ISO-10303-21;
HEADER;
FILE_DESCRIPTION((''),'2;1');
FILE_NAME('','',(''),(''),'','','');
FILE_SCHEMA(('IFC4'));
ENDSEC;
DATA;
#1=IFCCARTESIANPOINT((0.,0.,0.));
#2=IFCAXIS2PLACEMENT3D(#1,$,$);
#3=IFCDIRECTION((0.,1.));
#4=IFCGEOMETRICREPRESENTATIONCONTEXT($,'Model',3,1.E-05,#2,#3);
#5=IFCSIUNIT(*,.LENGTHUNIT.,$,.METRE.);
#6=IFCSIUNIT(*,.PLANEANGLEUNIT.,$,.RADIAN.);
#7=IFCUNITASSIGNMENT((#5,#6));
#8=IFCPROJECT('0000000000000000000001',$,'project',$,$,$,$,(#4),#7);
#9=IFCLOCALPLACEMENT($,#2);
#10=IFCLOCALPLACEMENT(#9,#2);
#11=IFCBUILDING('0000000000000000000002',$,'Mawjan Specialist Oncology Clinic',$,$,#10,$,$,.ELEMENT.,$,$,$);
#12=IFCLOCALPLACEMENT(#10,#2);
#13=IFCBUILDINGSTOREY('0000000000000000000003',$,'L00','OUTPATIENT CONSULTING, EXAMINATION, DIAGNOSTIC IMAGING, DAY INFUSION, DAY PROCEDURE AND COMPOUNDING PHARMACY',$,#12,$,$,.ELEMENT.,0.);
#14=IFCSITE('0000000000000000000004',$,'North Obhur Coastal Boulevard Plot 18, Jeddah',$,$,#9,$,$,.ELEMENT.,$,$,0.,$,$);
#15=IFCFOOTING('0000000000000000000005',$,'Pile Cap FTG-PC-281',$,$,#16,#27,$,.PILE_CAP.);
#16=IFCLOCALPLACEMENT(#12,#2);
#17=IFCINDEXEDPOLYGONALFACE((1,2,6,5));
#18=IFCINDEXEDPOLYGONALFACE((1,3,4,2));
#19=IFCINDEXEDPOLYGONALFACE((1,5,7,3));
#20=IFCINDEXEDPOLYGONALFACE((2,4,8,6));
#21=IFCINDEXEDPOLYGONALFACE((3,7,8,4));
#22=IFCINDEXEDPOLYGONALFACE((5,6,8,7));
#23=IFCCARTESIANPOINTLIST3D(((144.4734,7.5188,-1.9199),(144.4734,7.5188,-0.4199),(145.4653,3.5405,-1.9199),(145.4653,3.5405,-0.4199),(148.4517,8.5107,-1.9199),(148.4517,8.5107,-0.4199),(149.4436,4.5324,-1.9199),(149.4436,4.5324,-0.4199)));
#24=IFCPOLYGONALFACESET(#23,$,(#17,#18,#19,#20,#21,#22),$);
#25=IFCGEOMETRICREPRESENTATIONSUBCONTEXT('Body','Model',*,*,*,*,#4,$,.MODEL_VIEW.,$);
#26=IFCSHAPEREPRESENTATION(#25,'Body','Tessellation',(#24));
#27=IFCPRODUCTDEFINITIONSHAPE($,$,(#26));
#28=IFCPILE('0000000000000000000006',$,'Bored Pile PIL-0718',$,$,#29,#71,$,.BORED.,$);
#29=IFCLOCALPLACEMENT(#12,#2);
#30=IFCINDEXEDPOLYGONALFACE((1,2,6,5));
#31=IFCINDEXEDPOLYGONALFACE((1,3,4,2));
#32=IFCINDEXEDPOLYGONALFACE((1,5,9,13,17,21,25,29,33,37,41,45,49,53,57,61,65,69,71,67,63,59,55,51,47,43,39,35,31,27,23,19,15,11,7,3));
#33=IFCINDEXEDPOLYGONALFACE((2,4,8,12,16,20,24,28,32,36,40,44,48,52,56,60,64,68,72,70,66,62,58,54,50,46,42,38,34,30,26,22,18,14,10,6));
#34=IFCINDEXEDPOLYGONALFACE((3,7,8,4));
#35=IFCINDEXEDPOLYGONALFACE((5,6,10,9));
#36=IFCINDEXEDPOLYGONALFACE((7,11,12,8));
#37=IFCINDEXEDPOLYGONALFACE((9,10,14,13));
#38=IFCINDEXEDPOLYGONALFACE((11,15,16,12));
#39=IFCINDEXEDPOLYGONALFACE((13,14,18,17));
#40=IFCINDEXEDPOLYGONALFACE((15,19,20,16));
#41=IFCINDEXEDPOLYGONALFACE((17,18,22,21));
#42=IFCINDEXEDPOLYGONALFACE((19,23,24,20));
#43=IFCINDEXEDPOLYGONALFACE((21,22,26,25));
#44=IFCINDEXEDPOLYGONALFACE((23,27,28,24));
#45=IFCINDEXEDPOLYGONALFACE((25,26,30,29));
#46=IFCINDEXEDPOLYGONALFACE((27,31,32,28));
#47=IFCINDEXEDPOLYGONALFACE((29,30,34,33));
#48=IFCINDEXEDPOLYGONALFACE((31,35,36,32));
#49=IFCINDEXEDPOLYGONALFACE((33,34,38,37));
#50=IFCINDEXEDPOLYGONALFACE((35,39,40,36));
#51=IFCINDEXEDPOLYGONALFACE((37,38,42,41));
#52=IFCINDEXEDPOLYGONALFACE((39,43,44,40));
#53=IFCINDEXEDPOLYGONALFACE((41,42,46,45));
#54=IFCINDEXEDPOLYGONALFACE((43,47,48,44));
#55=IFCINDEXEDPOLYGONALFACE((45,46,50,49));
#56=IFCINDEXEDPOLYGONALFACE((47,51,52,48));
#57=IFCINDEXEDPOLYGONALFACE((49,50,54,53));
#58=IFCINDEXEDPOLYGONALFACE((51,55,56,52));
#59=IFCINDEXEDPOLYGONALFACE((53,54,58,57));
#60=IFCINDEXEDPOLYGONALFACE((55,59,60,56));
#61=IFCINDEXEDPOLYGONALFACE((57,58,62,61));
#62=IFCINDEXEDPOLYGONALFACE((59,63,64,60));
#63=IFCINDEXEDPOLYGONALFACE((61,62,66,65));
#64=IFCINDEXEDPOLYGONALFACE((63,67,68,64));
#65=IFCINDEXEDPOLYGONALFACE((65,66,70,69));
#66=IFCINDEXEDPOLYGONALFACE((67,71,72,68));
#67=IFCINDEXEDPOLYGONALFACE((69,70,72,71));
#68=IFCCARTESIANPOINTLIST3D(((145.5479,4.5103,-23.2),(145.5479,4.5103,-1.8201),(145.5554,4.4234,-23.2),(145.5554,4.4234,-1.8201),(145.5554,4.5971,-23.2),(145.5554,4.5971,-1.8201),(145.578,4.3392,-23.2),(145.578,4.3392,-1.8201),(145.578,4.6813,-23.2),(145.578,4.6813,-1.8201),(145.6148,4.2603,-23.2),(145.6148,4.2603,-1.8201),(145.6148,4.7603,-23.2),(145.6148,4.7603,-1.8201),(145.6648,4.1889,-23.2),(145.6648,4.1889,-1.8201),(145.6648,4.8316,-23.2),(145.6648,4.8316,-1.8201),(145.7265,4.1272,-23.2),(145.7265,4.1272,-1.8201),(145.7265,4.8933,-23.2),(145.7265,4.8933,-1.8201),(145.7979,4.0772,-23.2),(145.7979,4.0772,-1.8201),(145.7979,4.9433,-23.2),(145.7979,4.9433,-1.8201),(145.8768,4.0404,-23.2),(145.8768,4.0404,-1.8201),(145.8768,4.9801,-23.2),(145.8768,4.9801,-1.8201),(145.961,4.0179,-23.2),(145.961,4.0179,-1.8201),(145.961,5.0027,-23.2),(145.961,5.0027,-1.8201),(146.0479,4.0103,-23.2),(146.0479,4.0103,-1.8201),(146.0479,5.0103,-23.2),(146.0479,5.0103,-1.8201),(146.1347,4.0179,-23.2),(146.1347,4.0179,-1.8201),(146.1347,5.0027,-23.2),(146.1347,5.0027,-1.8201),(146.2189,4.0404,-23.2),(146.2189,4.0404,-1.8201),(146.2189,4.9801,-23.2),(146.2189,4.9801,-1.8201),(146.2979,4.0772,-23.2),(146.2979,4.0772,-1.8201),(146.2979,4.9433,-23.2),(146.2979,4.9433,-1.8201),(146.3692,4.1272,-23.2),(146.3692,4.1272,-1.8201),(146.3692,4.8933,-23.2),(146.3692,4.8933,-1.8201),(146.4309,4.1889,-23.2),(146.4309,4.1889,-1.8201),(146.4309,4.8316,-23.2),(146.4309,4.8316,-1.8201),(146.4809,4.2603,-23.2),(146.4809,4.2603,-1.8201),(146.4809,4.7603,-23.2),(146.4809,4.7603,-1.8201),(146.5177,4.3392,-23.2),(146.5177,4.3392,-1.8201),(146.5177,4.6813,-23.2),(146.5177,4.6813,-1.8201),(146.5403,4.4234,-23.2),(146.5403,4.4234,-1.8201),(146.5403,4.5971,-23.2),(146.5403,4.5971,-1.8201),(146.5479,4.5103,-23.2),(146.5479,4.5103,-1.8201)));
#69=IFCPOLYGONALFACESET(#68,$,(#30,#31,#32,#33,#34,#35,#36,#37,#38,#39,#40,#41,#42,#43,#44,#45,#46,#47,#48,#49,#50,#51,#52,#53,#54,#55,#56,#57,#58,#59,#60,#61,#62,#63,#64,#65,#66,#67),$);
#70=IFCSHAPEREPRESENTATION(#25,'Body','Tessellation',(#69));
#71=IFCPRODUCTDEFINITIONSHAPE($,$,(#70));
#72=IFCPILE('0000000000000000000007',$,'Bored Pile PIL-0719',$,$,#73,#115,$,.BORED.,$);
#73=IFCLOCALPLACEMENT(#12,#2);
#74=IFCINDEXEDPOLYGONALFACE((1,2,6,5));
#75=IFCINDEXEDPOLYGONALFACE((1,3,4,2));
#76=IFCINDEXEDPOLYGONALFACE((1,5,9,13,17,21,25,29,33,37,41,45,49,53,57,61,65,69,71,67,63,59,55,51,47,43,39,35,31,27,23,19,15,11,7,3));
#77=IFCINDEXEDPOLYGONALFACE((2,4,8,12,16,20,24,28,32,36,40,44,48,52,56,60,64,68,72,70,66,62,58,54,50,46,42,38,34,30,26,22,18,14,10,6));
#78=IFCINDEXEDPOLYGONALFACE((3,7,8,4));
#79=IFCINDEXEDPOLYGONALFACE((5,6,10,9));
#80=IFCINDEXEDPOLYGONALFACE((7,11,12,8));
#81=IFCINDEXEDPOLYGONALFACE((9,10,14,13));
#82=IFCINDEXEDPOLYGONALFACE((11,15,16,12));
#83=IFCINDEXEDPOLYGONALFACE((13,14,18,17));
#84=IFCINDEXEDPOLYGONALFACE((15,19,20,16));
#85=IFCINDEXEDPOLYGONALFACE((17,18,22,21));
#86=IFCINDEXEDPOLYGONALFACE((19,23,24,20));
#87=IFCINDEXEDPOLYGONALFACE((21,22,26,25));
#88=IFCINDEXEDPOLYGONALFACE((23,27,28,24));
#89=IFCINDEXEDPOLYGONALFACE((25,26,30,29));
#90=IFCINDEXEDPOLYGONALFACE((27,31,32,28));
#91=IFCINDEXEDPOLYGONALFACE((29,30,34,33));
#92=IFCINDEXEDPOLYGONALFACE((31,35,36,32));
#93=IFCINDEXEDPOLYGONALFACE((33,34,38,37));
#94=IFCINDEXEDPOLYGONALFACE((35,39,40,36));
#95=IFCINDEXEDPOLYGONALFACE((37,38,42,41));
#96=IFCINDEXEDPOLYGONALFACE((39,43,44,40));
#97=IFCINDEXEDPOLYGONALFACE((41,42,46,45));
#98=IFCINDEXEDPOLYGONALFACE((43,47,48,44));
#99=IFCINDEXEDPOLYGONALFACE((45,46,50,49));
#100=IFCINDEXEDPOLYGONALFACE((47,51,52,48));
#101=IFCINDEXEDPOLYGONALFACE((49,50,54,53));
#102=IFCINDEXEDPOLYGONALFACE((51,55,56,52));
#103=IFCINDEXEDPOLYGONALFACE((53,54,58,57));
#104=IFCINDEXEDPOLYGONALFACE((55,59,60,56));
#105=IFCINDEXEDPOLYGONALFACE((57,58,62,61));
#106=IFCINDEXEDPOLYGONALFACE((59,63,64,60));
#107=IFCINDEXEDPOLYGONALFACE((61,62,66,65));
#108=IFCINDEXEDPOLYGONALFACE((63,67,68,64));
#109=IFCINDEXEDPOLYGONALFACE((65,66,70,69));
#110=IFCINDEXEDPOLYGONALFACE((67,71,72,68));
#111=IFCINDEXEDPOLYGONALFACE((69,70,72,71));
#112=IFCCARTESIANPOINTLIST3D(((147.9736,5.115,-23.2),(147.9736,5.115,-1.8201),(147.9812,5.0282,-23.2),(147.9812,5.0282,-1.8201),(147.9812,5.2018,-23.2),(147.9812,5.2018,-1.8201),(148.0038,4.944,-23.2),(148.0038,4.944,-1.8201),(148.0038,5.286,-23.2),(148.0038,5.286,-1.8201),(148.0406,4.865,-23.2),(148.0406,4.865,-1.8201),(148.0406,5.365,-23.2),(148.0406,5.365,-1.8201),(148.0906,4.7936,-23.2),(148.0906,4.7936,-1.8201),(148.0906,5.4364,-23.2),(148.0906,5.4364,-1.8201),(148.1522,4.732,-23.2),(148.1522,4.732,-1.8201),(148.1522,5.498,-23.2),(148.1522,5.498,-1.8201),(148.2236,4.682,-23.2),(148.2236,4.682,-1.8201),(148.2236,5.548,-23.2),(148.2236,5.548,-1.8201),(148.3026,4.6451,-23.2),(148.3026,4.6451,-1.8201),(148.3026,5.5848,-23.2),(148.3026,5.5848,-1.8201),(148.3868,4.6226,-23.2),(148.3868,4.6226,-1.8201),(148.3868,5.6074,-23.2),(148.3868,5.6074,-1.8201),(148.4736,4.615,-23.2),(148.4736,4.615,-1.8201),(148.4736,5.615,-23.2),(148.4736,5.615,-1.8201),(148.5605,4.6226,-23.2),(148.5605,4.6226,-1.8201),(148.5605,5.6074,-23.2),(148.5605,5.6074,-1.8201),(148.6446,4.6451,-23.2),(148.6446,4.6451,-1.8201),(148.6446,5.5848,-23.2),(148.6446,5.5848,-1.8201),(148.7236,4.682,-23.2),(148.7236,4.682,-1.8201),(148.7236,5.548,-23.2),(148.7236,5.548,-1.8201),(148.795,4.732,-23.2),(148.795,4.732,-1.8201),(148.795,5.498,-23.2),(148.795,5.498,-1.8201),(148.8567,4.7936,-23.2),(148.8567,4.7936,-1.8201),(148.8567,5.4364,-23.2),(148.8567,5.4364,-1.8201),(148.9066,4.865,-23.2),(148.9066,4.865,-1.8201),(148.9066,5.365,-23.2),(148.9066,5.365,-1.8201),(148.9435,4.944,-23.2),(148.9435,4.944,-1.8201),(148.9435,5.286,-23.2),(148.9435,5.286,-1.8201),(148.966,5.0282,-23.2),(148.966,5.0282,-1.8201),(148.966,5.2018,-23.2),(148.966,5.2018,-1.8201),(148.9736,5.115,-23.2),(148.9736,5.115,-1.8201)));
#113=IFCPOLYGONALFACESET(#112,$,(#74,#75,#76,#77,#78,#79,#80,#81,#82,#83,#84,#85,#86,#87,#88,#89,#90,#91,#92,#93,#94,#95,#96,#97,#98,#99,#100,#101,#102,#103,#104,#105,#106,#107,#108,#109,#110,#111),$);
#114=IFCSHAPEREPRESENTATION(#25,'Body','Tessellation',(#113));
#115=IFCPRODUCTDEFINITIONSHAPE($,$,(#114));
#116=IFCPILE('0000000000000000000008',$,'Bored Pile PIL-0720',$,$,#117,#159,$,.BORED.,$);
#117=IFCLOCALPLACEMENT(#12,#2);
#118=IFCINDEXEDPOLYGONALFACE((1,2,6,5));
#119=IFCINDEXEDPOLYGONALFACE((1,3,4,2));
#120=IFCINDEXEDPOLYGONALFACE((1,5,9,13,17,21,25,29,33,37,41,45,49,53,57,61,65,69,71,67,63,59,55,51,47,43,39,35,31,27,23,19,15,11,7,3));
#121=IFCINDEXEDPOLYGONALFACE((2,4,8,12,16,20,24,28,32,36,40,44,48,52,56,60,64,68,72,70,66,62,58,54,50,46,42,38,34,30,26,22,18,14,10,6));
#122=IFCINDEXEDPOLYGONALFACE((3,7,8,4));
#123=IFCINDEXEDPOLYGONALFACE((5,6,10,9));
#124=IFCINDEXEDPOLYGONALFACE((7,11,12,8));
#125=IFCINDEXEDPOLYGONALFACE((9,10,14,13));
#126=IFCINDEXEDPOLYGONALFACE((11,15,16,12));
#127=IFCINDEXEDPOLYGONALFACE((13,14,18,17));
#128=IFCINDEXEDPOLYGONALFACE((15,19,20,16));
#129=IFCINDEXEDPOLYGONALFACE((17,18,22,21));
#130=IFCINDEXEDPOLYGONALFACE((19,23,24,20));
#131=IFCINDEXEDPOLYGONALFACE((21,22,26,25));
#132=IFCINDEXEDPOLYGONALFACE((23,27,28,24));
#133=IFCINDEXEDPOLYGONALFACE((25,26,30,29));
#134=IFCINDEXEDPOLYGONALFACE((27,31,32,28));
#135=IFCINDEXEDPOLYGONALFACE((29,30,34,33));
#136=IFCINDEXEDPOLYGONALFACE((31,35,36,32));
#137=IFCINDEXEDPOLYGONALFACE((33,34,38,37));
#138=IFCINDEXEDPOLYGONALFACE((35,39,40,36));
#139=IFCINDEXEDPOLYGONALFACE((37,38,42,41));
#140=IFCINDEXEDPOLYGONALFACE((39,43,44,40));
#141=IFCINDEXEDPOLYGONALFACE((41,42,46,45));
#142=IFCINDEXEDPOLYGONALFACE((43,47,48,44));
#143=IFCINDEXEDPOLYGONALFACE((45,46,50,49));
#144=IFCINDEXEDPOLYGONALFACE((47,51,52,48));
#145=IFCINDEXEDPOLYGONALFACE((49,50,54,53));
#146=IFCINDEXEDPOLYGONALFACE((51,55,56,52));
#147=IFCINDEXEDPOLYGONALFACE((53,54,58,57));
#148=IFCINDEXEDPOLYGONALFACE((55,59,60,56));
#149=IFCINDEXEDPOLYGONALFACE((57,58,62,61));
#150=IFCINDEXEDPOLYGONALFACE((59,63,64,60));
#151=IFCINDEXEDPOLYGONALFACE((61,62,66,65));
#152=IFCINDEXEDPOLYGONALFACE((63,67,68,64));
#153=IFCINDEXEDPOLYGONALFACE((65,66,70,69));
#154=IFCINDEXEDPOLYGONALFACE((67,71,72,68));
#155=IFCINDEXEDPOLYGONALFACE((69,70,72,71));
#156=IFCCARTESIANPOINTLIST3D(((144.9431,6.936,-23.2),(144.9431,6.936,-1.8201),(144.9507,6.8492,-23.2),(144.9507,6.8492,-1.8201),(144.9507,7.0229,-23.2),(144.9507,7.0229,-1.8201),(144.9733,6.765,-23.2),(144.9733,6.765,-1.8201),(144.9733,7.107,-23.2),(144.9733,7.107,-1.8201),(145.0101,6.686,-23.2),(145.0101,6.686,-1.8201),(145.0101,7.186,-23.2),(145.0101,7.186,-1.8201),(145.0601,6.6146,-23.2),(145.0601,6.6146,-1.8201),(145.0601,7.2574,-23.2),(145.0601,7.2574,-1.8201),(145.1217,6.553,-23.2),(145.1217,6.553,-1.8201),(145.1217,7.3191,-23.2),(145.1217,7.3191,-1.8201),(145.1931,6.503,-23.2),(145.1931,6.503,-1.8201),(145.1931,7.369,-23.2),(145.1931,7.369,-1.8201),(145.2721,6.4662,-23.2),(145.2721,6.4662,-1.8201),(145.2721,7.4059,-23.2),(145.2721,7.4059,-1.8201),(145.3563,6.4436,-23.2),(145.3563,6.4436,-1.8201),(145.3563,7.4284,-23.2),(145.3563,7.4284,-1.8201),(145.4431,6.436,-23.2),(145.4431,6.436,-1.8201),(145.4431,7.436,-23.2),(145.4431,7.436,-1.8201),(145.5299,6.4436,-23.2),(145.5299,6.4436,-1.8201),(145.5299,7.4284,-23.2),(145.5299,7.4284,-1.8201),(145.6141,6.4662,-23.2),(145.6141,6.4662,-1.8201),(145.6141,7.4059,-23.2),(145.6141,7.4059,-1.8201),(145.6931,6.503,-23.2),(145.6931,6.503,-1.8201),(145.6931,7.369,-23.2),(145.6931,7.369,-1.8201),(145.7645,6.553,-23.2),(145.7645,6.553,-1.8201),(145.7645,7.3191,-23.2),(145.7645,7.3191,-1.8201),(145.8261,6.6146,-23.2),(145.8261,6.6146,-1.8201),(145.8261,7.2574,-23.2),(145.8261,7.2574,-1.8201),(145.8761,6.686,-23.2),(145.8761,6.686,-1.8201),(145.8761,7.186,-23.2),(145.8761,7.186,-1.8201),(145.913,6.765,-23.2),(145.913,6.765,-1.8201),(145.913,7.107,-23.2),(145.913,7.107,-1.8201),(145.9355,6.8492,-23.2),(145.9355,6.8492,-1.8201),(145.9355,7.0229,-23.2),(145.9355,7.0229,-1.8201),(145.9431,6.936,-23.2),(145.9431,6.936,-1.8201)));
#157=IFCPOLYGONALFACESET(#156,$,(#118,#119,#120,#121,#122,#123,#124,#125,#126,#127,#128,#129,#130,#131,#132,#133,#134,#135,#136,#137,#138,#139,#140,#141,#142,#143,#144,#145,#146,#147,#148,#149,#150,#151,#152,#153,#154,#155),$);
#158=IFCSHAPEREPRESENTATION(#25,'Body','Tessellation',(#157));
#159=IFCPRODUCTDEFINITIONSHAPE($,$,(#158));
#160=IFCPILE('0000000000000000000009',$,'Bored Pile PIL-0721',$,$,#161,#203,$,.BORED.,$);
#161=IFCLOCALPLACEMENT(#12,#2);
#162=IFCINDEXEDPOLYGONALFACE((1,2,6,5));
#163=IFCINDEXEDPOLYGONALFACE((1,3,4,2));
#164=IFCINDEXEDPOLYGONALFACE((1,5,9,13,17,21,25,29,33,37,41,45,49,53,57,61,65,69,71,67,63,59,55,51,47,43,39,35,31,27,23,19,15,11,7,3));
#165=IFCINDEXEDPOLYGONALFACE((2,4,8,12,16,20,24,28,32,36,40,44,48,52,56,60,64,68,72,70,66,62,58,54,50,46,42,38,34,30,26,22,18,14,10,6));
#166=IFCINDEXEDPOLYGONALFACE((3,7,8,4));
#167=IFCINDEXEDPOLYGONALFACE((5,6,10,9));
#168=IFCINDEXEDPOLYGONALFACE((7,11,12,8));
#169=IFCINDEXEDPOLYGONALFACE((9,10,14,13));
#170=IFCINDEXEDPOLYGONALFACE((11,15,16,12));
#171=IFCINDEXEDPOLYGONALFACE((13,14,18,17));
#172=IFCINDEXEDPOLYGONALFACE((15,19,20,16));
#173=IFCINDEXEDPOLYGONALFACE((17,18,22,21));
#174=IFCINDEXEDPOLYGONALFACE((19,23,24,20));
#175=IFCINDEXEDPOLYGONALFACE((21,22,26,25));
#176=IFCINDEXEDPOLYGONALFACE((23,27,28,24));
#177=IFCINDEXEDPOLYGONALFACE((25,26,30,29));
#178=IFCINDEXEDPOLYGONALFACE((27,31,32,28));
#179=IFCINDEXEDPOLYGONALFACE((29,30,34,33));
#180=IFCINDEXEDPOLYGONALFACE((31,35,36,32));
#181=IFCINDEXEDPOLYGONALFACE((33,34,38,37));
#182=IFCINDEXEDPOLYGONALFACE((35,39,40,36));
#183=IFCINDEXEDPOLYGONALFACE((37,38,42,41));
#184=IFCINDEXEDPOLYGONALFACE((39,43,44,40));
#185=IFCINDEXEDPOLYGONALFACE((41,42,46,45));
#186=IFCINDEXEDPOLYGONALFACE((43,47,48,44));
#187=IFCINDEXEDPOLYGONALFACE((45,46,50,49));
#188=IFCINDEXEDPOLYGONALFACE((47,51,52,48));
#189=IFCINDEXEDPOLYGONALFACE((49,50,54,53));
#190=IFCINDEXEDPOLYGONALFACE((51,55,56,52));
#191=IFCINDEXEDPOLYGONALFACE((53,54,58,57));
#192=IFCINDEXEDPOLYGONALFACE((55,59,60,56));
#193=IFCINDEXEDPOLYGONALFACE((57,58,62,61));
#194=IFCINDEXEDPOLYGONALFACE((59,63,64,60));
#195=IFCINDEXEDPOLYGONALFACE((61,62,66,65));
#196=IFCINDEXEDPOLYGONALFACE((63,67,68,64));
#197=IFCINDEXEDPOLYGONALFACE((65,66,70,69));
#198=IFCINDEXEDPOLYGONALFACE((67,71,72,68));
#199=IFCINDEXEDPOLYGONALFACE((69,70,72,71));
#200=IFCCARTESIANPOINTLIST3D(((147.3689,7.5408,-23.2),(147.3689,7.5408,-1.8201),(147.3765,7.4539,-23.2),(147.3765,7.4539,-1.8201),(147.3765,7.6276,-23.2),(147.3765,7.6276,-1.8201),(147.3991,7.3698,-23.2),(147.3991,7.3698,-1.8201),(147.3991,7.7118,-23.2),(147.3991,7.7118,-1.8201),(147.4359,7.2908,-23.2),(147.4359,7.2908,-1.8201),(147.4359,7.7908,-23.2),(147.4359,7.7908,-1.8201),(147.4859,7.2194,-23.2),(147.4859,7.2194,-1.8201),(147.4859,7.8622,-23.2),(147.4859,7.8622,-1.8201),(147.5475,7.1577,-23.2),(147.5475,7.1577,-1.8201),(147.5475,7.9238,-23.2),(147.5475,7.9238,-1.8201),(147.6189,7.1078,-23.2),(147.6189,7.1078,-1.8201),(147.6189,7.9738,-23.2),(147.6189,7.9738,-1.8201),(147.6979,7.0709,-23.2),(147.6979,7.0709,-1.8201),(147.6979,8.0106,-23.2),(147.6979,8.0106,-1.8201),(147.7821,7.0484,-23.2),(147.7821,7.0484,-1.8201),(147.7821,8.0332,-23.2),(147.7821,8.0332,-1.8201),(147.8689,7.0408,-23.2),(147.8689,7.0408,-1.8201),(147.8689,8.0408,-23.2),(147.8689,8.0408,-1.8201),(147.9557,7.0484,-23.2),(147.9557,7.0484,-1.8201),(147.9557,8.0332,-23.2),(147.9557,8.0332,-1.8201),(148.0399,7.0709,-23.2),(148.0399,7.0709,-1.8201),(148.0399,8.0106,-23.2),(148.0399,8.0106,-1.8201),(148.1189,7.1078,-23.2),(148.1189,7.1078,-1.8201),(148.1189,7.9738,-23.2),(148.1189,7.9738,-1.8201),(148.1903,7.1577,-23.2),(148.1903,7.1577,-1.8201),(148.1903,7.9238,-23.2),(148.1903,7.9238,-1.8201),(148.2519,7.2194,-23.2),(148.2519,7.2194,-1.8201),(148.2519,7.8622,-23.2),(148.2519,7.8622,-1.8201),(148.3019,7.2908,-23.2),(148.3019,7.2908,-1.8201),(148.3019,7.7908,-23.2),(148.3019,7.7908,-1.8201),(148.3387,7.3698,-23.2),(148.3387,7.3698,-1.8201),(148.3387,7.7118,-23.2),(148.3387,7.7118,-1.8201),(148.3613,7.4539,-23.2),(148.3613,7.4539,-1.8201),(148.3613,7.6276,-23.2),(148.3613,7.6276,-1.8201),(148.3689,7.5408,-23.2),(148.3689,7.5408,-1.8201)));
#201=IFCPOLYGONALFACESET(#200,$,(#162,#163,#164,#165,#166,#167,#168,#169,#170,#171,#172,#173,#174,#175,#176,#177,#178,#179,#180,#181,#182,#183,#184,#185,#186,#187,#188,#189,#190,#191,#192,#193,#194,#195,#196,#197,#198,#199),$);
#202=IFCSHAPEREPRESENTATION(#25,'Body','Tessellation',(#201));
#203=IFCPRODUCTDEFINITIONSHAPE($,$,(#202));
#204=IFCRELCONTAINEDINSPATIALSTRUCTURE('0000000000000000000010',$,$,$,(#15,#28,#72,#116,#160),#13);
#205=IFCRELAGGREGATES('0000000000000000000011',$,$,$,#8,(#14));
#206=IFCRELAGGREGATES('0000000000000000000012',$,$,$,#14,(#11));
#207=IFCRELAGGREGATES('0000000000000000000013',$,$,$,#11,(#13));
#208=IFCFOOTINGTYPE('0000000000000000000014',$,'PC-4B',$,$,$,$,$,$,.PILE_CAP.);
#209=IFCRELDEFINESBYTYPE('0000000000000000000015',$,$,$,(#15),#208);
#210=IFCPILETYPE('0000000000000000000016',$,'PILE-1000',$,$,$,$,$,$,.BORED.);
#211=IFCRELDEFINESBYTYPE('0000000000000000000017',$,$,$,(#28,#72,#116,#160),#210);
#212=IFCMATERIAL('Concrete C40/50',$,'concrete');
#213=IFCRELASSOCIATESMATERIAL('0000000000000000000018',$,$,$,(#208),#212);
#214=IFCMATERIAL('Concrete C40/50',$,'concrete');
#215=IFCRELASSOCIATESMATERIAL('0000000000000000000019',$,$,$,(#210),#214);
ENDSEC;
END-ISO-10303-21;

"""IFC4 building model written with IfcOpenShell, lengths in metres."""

from ifc_helpers import new_model, si_unit, direction, frame, origin, origin_2d, place, context, subcontext, project, spatial, rectangle, circle, extrude, material, material_profile, profile_set, type_object, element, save


model = new_model("IFC4")

# Units and contexts
model_context = context("Model", 3, precision=1e-05, world=origin(), true_north=direction((0.0, 1.0)))
body_context = subcontext(model_context, "Body", "Model", "MODEL_VIEW")
ifc_project = project(units=[si_unit("LENGTHUNIT", "METRE"), si_unit("PLANEANGLEUNIT", "RADIAN")], contexts=[model_context])

# Site, building, storey
site_placement = place(None, origin())
site = spatial("IfcSite", under=ifc_project, at=site_placement, Name="North Obhur Coastal Boulevard Plot 18, Jeddah", CompositionType="ELEMENT", RefElevation=0.0)
building_placement = place(site_placement, origin())
building = spatial("IfcBuilding", under=site, at=building_placement, Name="Mawjan Specialist Oncology Clinic", CompositionType="ELEMENT")
storey_placement = place(building_placement, origin())
storey = spatial("IfcBuildingStorey", under=building, at=storey_placement, Name="L00", Description="OUTPATIENT CONSULTING, EXAMINATION, DIAGNOSTIC IMAGING, DAY INFUSION, DAY PROCEDURE AND COMPOUNDING PHARMACY", CompositionType="ELEMENT", Elevation=0.0)

# Footing
ifc_material_1 = material(Name="Concrete C40/50", Category="concrete")
footing_type = type_object("IfcFootingType", Name="PC-4B", PredefinedType="PILE_CAP", material=ifc_material_1)
footing_placement = place(storey_placement, frame((146.9585, 6.0256, -1.9199), z_axis=(0.0, 0.0, 1.0), x_axis=(0.970296, 0.241922, 0.0)))
element("IfcFooting", 1, at=footing_placement, inside=storey, type_object=footing_type, Name="Pile Cap FTG-PC-281", PredefinedType="PILE_CAP", context=body_context, shape_type="SweptSolid", body=[
    extrude(rectangle(XDim=4.1001, YDim=4.1001, at=origin_2d()), origin(), (0.0, 0.0, 1.0), 1.5),
])

# Piles
ifc_material_2 = material(Name="Concrete C40/50", Category="concrete")
ifc_material_profile_1 = material_profile(ifc_material_2, circle(Radius=0.5, at=origin_2d()), Name="BORED PILE D1000", Category="concrete")
ifc_profile_set_1 = profile_set([ifc_material_profile_1], Name="Concrete C40/50")
pile_type_1 = type_object("IfcPileType", Name="PILE-1000", PredefinedType="BORED", material=ifc_profile_set_1)
for number, where, z_axis, x_axis, name in (
    (2, (146.0479, 4.5103, -1.8201), (0.0, 0.0, -1.0), (1.0, 0.0, 0.0), "Bored Pile PIL-0718"),
    (3, (148.4736, 5.115, -1.8201), (0.0, 0.0, -1.0), (1.0, 0.0, 0.0), "Bored Pile PIL-0719"),
    (4, (145.4431, 6.936, -1.8201), (0.0, 0.0, -1.0), (1.0, 0.0, 0.0), "Bored Pile PIL-0720"),
    (5, (147.8689, 7.5408, -1.8201), (0.0, 0.0, -1.0), (1.0, 0.0, 0.0), "Bored Pile PIL-0721"),
):
    element("IfcPile", number, at=place(storey_placement, frame(where, z_axis=z_axis, x_axis=x_axis)), inside=storey, type_object=pile_type_1, Name=name, PredefinedType="BORED", context=body_context, shape_type="SweptSolid", body=[
        extrude(circle(Radius=0.5, at=origin_2d()), origin(), (0.0, 0.0, 1.0), 21.3799),
    ])

save(model, "model.ifc")
